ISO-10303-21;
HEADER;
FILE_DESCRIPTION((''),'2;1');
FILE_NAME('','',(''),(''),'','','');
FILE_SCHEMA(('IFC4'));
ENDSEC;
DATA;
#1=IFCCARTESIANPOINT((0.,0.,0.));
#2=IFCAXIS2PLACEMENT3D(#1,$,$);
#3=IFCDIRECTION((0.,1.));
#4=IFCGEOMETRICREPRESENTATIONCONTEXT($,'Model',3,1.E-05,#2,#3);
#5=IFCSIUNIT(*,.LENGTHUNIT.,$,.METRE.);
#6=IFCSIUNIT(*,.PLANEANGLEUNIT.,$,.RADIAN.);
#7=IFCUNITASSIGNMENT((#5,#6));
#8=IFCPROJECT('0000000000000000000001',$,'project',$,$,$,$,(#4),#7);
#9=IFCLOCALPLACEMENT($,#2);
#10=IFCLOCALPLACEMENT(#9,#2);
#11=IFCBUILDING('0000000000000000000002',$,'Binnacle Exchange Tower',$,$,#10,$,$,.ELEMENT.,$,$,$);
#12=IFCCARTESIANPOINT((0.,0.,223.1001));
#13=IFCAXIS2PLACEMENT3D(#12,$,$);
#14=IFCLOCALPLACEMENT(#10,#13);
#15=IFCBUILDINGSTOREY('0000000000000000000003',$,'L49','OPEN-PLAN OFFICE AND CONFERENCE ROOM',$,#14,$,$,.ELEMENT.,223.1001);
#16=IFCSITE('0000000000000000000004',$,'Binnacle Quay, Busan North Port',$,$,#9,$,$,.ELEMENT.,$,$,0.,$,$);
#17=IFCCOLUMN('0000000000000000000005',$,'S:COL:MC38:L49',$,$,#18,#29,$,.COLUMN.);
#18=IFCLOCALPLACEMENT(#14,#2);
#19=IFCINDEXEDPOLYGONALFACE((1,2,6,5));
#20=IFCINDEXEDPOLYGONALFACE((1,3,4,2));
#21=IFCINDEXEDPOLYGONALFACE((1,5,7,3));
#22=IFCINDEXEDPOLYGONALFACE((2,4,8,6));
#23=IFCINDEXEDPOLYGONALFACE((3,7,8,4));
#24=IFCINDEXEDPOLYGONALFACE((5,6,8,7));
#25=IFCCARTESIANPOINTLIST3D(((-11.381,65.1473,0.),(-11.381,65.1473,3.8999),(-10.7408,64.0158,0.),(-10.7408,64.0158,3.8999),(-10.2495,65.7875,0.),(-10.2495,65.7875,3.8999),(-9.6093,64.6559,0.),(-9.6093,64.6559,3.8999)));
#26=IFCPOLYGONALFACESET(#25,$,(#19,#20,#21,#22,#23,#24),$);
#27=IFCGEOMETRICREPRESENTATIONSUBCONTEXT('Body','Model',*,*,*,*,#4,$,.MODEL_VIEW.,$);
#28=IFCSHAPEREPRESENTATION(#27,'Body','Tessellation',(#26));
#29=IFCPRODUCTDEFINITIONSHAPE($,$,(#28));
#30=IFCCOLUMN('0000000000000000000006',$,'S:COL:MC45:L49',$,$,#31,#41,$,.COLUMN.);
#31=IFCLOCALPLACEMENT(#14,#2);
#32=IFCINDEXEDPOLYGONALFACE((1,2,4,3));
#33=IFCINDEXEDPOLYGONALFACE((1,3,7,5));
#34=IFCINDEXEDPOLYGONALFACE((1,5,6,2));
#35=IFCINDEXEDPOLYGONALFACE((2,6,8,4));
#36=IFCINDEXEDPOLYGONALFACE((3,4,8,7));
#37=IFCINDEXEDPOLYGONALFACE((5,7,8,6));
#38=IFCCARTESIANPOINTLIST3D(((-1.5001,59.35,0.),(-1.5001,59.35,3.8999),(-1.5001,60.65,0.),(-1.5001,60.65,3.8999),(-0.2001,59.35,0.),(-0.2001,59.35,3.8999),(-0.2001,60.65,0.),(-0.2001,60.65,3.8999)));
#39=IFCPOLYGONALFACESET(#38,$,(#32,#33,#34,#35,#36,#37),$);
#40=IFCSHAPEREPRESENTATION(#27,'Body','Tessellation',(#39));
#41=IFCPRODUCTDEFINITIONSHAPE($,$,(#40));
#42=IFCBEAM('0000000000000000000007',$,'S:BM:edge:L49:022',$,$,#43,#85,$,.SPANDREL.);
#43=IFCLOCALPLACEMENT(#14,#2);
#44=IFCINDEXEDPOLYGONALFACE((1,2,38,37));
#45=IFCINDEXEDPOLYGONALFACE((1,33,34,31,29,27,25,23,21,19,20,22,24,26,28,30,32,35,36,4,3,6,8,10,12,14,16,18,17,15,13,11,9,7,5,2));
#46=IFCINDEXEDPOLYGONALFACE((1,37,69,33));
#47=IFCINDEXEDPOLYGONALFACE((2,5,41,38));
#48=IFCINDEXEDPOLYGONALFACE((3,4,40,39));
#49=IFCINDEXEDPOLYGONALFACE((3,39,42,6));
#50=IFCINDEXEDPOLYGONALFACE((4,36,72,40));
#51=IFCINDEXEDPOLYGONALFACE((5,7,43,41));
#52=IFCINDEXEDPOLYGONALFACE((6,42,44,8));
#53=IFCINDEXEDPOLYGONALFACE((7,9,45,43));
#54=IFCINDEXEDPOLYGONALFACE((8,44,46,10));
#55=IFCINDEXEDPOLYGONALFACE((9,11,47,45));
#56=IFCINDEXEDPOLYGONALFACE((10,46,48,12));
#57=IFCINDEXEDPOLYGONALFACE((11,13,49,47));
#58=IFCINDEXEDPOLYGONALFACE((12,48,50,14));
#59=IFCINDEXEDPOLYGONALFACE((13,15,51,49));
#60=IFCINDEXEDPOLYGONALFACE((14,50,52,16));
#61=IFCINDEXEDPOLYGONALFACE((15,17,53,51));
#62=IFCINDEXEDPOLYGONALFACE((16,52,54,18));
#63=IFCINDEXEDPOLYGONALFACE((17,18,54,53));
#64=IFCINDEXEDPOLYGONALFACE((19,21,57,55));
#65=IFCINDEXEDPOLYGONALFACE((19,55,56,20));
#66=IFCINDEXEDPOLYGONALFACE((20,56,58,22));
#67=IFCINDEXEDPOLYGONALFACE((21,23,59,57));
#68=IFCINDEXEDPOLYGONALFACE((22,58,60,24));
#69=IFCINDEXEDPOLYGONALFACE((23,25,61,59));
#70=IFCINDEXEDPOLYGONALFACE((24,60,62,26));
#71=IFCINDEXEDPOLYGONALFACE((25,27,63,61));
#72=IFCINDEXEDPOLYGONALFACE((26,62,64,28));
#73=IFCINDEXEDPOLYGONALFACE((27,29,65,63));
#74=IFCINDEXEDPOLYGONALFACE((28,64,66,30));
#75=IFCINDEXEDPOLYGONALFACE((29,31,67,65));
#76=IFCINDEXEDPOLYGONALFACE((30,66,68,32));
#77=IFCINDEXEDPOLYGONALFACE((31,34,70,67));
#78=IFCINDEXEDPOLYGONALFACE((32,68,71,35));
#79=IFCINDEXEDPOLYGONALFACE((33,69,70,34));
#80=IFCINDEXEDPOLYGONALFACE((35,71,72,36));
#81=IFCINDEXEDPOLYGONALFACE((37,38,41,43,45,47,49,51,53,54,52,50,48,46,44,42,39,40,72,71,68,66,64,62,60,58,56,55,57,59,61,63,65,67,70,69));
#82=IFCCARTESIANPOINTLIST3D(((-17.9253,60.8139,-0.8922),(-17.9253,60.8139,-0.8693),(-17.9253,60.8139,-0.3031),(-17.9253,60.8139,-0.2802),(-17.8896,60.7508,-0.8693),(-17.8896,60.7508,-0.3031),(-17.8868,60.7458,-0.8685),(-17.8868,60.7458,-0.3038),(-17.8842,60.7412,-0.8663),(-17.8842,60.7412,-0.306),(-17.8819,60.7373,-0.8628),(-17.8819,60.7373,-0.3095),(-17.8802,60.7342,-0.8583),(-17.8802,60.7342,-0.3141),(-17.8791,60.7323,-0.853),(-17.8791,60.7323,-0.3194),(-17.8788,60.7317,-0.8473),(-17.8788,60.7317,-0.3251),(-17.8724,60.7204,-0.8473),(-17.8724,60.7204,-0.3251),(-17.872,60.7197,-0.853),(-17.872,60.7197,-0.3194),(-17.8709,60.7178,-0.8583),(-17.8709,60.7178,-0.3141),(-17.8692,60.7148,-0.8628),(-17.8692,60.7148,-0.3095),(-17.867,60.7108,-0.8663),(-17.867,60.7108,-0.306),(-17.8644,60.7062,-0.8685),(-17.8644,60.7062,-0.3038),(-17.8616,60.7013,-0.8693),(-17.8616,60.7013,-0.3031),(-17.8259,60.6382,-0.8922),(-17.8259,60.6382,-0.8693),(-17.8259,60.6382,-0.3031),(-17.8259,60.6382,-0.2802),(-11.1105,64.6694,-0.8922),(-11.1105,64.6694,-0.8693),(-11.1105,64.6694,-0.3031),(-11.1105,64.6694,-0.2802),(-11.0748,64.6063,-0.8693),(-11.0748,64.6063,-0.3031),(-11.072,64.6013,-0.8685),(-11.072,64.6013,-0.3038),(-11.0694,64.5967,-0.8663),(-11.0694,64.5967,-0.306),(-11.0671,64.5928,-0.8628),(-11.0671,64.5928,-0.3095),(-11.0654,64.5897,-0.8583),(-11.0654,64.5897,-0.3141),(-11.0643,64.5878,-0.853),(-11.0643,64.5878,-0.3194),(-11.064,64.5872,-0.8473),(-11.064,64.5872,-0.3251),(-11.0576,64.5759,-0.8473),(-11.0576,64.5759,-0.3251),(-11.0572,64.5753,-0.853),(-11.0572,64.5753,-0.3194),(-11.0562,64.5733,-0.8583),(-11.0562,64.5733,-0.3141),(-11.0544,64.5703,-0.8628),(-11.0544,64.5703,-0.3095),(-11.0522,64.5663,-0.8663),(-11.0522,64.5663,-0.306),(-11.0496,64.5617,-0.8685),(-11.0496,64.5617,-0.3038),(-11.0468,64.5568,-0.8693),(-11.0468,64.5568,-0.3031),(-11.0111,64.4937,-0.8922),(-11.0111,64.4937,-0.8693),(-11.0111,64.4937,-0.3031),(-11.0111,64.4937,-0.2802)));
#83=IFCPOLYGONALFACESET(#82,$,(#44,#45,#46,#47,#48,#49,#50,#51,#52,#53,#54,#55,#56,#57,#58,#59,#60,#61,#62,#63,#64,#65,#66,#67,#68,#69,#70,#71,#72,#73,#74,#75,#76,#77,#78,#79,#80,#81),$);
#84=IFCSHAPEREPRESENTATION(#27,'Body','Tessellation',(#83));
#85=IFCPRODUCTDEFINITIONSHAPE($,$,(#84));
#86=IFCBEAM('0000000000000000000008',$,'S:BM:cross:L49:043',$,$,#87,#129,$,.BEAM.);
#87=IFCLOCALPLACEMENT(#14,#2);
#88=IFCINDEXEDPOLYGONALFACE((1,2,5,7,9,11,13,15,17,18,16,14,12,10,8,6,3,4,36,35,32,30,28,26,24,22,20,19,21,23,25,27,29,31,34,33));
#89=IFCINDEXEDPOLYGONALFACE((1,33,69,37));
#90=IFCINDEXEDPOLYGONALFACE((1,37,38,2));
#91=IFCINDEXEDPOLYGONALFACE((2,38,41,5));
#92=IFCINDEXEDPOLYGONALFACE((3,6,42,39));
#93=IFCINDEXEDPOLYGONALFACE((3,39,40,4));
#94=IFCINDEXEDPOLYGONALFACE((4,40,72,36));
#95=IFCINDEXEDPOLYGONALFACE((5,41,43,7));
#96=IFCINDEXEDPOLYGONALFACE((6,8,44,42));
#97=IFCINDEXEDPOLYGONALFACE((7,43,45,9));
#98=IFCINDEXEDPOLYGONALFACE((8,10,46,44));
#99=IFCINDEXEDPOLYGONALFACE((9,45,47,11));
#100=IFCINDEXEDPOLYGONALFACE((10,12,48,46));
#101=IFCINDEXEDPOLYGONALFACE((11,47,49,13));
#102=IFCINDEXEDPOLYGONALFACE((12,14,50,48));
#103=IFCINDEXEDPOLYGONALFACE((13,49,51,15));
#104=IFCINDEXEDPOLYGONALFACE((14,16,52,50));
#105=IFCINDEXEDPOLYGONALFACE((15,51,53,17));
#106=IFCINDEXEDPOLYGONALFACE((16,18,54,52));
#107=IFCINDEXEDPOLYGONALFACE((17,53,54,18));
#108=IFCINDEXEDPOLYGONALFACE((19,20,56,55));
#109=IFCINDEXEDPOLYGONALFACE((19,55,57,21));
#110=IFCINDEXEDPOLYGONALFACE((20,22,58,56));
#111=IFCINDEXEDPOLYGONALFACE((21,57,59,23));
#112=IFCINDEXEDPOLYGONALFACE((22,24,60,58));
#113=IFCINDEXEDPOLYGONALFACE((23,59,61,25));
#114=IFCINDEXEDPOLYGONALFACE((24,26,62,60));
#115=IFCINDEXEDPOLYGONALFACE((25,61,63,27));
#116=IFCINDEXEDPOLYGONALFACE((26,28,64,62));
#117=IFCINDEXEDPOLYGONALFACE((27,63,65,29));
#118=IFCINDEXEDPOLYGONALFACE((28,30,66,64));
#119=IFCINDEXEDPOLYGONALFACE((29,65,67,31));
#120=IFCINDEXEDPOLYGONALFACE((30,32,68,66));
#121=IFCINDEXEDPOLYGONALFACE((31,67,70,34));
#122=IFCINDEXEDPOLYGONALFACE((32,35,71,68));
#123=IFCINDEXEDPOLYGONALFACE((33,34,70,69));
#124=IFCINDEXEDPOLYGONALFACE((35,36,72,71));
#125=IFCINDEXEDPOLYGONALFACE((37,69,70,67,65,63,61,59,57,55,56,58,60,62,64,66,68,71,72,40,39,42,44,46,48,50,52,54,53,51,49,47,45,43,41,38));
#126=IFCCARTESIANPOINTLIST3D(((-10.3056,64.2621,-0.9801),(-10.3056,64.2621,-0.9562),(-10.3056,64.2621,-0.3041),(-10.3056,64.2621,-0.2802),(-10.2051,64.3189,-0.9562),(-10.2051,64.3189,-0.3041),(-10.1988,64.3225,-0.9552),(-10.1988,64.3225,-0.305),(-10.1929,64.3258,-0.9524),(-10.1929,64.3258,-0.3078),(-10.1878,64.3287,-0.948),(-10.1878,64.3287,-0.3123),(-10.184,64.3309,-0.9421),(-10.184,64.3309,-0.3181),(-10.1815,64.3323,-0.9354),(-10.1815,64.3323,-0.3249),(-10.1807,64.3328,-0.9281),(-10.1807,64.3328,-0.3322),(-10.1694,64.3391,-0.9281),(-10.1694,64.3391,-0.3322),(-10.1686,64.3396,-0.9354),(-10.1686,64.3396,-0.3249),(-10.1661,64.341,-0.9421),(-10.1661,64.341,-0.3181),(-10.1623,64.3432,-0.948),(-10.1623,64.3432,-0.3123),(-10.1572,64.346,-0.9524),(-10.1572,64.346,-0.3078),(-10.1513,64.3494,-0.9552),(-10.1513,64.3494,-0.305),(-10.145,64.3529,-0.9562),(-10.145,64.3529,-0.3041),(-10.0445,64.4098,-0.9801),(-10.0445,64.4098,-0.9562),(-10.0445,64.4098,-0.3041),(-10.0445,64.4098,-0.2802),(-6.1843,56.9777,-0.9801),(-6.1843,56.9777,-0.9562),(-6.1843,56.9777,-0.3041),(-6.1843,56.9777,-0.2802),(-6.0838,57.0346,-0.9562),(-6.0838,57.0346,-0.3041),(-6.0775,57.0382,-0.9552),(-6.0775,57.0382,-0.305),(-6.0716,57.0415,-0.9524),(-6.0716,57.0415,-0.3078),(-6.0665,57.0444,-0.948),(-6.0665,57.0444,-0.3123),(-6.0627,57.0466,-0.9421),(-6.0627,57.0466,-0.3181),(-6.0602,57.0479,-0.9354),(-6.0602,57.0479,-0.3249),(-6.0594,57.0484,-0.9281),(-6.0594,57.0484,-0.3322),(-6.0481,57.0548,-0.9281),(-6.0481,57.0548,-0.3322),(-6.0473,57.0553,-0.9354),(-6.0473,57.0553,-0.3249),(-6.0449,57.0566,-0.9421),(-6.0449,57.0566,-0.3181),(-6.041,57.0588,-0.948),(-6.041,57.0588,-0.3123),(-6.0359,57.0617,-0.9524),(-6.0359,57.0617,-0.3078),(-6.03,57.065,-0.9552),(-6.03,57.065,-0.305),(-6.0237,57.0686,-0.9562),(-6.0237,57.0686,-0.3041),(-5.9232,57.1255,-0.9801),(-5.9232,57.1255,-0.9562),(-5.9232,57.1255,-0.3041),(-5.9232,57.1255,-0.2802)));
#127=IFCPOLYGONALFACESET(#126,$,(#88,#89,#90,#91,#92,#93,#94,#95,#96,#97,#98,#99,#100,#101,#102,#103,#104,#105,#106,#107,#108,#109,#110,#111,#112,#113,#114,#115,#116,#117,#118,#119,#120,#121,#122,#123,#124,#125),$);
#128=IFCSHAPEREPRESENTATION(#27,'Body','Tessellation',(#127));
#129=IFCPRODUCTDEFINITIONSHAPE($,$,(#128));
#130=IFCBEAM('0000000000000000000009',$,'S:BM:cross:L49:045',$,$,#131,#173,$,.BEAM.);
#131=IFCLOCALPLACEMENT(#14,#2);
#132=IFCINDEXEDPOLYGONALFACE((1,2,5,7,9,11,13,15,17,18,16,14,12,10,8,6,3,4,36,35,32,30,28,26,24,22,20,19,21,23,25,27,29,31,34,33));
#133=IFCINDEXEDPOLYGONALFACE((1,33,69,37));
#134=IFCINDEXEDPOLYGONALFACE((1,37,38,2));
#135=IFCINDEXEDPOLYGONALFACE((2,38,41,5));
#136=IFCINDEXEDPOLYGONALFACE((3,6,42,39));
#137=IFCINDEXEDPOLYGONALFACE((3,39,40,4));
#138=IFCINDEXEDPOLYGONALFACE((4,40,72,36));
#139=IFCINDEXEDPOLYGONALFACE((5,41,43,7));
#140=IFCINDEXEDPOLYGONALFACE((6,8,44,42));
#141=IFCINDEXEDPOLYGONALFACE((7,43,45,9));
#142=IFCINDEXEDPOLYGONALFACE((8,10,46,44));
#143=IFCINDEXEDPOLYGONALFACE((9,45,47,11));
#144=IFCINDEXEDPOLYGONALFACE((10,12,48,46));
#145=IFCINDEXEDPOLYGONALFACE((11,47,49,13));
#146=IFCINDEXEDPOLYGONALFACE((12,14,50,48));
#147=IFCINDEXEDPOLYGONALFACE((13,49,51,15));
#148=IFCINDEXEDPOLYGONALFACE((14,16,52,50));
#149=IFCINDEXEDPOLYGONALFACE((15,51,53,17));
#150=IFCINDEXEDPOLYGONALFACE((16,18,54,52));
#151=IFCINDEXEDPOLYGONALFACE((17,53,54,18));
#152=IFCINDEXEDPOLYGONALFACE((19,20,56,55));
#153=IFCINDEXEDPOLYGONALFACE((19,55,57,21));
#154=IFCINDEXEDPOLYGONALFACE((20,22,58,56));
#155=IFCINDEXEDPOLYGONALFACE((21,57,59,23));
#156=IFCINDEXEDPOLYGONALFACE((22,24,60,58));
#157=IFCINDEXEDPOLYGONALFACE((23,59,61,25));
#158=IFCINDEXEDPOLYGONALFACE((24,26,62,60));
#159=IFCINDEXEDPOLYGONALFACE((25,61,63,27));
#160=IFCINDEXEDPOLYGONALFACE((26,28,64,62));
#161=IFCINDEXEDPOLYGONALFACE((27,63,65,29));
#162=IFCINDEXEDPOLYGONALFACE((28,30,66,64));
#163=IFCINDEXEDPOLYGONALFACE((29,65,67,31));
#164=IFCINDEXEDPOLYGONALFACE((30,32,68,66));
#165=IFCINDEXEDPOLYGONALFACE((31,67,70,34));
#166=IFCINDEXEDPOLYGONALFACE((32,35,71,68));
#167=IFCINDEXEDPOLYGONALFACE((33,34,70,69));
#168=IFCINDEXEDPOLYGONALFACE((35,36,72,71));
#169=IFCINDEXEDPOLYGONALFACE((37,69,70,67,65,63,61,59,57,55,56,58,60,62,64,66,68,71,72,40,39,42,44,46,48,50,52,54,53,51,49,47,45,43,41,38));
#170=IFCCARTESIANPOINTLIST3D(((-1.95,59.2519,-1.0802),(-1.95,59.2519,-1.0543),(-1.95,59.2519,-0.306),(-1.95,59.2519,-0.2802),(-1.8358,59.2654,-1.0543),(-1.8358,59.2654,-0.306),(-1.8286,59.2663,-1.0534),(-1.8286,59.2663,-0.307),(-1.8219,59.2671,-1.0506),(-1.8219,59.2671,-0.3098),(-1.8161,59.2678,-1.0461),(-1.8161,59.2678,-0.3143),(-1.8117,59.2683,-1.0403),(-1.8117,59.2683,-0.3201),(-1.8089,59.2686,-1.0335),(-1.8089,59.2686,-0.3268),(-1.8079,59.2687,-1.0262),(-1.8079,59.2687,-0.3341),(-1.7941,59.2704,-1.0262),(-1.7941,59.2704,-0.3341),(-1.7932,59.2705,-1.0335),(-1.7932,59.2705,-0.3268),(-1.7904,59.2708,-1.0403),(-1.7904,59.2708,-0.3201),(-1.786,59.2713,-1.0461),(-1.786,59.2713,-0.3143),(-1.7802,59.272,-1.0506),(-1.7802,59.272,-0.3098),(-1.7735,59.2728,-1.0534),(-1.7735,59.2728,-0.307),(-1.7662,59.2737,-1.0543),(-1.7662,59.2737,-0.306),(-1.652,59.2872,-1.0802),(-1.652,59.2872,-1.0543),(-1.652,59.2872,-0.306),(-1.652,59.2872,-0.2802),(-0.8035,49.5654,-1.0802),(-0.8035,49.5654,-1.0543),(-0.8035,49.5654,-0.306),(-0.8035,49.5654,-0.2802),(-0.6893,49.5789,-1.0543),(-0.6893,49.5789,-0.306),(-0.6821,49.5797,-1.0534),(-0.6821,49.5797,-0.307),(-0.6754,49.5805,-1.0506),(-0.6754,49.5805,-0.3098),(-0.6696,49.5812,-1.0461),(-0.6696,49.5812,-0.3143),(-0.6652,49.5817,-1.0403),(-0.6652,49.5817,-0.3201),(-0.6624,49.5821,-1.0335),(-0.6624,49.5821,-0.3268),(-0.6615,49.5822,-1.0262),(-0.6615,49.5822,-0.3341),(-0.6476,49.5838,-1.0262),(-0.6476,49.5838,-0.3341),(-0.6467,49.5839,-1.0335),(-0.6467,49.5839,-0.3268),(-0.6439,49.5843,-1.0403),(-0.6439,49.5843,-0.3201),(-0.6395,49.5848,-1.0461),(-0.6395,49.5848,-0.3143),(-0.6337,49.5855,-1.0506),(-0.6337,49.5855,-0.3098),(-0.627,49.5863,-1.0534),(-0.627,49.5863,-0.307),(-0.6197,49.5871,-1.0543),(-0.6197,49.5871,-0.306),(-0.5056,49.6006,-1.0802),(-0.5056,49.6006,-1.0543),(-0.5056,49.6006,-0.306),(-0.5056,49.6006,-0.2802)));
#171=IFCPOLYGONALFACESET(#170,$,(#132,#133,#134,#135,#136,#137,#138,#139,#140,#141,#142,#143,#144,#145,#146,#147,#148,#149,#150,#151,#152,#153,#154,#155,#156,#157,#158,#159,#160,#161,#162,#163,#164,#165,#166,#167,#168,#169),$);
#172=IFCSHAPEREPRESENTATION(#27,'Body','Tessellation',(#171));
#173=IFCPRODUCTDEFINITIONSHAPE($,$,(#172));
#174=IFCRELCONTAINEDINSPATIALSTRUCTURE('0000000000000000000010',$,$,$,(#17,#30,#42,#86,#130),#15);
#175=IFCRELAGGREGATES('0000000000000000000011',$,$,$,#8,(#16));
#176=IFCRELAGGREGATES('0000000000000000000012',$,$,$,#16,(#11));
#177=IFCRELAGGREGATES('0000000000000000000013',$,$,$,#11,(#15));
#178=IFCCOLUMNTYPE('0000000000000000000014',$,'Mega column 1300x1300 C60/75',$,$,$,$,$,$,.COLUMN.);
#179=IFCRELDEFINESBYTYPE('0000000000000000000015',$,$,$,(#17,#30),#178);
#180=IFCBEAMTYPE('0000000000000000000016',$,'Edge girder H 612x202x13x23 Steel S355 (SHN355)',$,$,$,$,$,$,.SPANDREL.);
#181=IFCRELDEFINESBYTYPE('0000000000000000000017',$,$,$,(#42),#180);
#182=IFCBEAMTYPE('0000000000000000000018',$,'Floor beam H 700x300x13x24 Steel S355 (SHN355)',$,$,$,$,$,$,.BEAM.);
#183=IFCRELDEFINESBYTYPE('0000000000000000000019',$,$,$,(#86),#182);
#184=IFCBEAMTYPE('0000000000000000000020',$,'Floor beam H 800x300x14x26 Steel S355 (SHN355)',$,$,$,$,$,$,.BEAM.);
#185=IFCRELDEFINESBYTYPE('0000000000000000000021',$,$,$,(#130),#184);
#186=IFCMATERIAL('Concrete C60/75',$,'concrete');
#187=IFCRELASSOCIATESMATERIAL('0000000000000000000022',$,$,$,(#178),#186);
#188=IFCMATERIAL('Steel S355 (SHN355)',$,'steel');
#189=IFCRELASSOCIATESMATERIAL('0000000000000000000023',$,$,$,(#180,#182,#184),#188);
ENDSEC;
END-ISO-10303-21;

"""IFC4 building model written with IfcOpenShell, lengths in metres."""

from ifc_helpers import new_model, si_unit, direction, frame, origin, origin_2d, place, context, subcontext, project, spatial, rectangle, i_section, extrude, material, material_profile, profile_set, type_object, element, save


model = new_model("IFC4")

# Units and contexts
model_context = context("Model", 3, precision=1e-05, world=origin(), true_north=direction((0.0, 1.0)))
body_context = subcontext(model_context, "Body", "Model", "MODEL_VIEW")
ifc_project = project(units=[si_unit("LENGTHUNIT", "METRE"), si_unit("PLANEANGLEUNIT", "RADIAN")], contexts=[model_context])

# Site, building, storey
site_placement = place(None, origin())
site = spatial("IfcSite", under=ifc_project, at=site_placement, Name="Binnacle Quay, Busan North Port", CompositionType="ELEMENT", RefElevation=0.0)
building_placement = place(site_placement, origin())
building = spatial("IfcBuilding", under=site, at=building_placement, Name="Binnacle Exchange Tower", CompositionType="ELEMENT")
storey_placement = place(building_placement, frame((0.0, 0.0, 223.1001)))
storey = spatial("IfcBuildingStorey", under=building, at=storey_placement, Name="L49", Description="OPEN-PLAN OFFICE AND CONFERENCE ROOM", CompositionType="ELEMENT", Elevation=223.1001)

# Columns
ifc_material_1 = material(Name="Concrete C60/75", Category="concrete")
ifc_material_profile_1 = material_profile(ifc_material_1, rectangle(XDim=1.3, YDim=1.3, at=origin_2d()), Name="Mega column 1300x1300 C60/75")
ifc_profile_set_1 = profile_set([ifc_material_profile_1], Name="Concrete C60/75")
column_type = type_object("IfcColumnType", Name="Mega column 1300x1300 C60/75", PredefinedType="COLUMN", material=ifc_profile_set_1)
for number, where, z_axis, x_axis, name in (
    (1, (-10.4951, 64.9016, 0.0), (0.0, 0.0, 1.0), (-0.870356, -0.492424, 0.0), "S:COL:MC38:L49"),
    (2, (-0.8501, 60.0, 0.0), (0.0, 0.0, 1.0), (0.0, 1.0, 0.0), "S:COL:MC45:L49"),
):
    element("IfcColumn", number, at=place(storey_placement, frame(where, z_axis=z_axis, x_axis=x_axis)), inside=storey, type_object=column_type, Name=name, PredefinedType="COLUMN", context=body_context, shape_type="SweptSolid", body=[
        extrude(rectangle(XDim=1.3, YDim=1.3, at=origin_2d()), origin(), (0.0, 0.0, 1.0), 3.8999),
    ])

# Beams
ifc_material_2 = material(Name="Steel S355 (SHN355)", Category="steel")
ifc_material_profile_2 = material_profile(ifc_material_2, i_section(OverallWidth=0.2019, OverallDepth=0.6121, WebThickness=0.0129, FlangeThickness=0.0229, FilletRadius=0.022, at=origin_2d()), Name="H 612x202x13x23")
ifc_profile_set_2 = profile_set([ifc_material_profile_2], Name="Steel S355 (SHN355)")
beam_type_1 = type_object("IfcBeamType", Name="Edge girder H 612x202x13x23 Steel S355 (SHN355)", PredefinedType="SPANDREL", material=ifc_profile_set_2)
beam_1_placement = place(storey_placement, frame((-11.0608, 64.5815, -0.5862), z_axis=(-0.870361, -0.492414, 0.0), x_axis=(0.492414, -0.870361, 0.0)))
element("IfcBeam", 3, at=beam_1_placement, inside=storey, type_object=beam_type_1, Name="S:BM:edge:L49:022", PredefinedType="SPANDREL", context=body_context, shape_type="SweptSolid", body=[
    extrude(i_section(OverallWidth=0.2019, OverallDepth=0.6121, WebThickness=0.0129, FlangeThickness=0.0229, FilletRadius=0.022, at=origin_2d()), origin(), (0.0, 0.0, 1.0), 7.8298),
])
ifc_material_profile_3 = material_profile(ifc_material_2, i_section(OverallWidth=0.3, OverallDepth=0.7, WebThickness=0.0129, FlangeThickness=0.0239, FilletRadius=0.0281, at=origin_2d()), Name="H 700x300x13x24")
ifc_profile_set_3 = profile_set([ifc_material_profile_3], Name="Steel S355 (SHN355)")
beam_type_2 = type_object("IfcBeamType", Name="Floor beam H 700x300x13x24 Steel S355 (SHN355)", PredefinedType="BEAM", material=ifc_profile_set_3)
beam_2_placement = place(storey_placement, frame((-10.175, 64.3359, -0.6301), z_axis=(0.492424, -0.870355, 0.0), x_axis=(0.870355, 0.492424, 0.0)))
element("IfcBeam", 4, at=beam_2_placement, inside=storey, type_object=beam_type_2, Name="S:BM:cross:L49:043", PredefinedType="BEAM", context=body_context, shape_type="SweptSolid", body=[
    extrude(i_section(OverallWidth=0.3, OverallDepth=0.7, WebThickness=0.0129, FlangeThickness=0.0239, FilletRadius=0.0281, at=origin_2d()), origin(), (0.0, 0.0, 1.0), 8.3694),
])
ifc_material_profile_4 = material_profile(ifc_material_2, i_section(OverallWidth=0.3, OverallDepth=0.8, WebThickness=0.0139, FlangeThickness=0.0259, FilletRadius=0.0281, at=origin_2d()), Name="H 800x300x14x26")
ifc_profile_set_4 = profile_set([ifc_material_profile_4], Name="Steel S355 (SHN355)")
beam_type_3 = type_object("IfcBeamType", Name="Floor beam H 800x300x14x26 Steel S355 (SHN355)", PredefinedType="BEAM", material=ifc_profile_set_4)
beam_3_placement = place(storey_placement, frame((-0.6545, 49.583, -0.6802), z_axis=(-0.117538, 0.993068, 0.0), x_axis=(-0.993068, -0.117538, 0.0)))
element("IfcBeam", 5, at=beam_3_placement, inside=storey, type_object=beam_type_3, Name="S:BM:cross:L49:045", PredefinedType="BEAM", context=body_context, shape_type="SweptSolid", body=[
    extrude(i_section(OverallWidth=0.3, OverallDepth=0.8, WebThickness=0.0139, FlangeThickness=0.0259, FilletRadius=0.0281, at=origin_2d()), origin(), (0.0, 0.0, 1.0), 9.7542),
])

save(model, "model.ifc")
